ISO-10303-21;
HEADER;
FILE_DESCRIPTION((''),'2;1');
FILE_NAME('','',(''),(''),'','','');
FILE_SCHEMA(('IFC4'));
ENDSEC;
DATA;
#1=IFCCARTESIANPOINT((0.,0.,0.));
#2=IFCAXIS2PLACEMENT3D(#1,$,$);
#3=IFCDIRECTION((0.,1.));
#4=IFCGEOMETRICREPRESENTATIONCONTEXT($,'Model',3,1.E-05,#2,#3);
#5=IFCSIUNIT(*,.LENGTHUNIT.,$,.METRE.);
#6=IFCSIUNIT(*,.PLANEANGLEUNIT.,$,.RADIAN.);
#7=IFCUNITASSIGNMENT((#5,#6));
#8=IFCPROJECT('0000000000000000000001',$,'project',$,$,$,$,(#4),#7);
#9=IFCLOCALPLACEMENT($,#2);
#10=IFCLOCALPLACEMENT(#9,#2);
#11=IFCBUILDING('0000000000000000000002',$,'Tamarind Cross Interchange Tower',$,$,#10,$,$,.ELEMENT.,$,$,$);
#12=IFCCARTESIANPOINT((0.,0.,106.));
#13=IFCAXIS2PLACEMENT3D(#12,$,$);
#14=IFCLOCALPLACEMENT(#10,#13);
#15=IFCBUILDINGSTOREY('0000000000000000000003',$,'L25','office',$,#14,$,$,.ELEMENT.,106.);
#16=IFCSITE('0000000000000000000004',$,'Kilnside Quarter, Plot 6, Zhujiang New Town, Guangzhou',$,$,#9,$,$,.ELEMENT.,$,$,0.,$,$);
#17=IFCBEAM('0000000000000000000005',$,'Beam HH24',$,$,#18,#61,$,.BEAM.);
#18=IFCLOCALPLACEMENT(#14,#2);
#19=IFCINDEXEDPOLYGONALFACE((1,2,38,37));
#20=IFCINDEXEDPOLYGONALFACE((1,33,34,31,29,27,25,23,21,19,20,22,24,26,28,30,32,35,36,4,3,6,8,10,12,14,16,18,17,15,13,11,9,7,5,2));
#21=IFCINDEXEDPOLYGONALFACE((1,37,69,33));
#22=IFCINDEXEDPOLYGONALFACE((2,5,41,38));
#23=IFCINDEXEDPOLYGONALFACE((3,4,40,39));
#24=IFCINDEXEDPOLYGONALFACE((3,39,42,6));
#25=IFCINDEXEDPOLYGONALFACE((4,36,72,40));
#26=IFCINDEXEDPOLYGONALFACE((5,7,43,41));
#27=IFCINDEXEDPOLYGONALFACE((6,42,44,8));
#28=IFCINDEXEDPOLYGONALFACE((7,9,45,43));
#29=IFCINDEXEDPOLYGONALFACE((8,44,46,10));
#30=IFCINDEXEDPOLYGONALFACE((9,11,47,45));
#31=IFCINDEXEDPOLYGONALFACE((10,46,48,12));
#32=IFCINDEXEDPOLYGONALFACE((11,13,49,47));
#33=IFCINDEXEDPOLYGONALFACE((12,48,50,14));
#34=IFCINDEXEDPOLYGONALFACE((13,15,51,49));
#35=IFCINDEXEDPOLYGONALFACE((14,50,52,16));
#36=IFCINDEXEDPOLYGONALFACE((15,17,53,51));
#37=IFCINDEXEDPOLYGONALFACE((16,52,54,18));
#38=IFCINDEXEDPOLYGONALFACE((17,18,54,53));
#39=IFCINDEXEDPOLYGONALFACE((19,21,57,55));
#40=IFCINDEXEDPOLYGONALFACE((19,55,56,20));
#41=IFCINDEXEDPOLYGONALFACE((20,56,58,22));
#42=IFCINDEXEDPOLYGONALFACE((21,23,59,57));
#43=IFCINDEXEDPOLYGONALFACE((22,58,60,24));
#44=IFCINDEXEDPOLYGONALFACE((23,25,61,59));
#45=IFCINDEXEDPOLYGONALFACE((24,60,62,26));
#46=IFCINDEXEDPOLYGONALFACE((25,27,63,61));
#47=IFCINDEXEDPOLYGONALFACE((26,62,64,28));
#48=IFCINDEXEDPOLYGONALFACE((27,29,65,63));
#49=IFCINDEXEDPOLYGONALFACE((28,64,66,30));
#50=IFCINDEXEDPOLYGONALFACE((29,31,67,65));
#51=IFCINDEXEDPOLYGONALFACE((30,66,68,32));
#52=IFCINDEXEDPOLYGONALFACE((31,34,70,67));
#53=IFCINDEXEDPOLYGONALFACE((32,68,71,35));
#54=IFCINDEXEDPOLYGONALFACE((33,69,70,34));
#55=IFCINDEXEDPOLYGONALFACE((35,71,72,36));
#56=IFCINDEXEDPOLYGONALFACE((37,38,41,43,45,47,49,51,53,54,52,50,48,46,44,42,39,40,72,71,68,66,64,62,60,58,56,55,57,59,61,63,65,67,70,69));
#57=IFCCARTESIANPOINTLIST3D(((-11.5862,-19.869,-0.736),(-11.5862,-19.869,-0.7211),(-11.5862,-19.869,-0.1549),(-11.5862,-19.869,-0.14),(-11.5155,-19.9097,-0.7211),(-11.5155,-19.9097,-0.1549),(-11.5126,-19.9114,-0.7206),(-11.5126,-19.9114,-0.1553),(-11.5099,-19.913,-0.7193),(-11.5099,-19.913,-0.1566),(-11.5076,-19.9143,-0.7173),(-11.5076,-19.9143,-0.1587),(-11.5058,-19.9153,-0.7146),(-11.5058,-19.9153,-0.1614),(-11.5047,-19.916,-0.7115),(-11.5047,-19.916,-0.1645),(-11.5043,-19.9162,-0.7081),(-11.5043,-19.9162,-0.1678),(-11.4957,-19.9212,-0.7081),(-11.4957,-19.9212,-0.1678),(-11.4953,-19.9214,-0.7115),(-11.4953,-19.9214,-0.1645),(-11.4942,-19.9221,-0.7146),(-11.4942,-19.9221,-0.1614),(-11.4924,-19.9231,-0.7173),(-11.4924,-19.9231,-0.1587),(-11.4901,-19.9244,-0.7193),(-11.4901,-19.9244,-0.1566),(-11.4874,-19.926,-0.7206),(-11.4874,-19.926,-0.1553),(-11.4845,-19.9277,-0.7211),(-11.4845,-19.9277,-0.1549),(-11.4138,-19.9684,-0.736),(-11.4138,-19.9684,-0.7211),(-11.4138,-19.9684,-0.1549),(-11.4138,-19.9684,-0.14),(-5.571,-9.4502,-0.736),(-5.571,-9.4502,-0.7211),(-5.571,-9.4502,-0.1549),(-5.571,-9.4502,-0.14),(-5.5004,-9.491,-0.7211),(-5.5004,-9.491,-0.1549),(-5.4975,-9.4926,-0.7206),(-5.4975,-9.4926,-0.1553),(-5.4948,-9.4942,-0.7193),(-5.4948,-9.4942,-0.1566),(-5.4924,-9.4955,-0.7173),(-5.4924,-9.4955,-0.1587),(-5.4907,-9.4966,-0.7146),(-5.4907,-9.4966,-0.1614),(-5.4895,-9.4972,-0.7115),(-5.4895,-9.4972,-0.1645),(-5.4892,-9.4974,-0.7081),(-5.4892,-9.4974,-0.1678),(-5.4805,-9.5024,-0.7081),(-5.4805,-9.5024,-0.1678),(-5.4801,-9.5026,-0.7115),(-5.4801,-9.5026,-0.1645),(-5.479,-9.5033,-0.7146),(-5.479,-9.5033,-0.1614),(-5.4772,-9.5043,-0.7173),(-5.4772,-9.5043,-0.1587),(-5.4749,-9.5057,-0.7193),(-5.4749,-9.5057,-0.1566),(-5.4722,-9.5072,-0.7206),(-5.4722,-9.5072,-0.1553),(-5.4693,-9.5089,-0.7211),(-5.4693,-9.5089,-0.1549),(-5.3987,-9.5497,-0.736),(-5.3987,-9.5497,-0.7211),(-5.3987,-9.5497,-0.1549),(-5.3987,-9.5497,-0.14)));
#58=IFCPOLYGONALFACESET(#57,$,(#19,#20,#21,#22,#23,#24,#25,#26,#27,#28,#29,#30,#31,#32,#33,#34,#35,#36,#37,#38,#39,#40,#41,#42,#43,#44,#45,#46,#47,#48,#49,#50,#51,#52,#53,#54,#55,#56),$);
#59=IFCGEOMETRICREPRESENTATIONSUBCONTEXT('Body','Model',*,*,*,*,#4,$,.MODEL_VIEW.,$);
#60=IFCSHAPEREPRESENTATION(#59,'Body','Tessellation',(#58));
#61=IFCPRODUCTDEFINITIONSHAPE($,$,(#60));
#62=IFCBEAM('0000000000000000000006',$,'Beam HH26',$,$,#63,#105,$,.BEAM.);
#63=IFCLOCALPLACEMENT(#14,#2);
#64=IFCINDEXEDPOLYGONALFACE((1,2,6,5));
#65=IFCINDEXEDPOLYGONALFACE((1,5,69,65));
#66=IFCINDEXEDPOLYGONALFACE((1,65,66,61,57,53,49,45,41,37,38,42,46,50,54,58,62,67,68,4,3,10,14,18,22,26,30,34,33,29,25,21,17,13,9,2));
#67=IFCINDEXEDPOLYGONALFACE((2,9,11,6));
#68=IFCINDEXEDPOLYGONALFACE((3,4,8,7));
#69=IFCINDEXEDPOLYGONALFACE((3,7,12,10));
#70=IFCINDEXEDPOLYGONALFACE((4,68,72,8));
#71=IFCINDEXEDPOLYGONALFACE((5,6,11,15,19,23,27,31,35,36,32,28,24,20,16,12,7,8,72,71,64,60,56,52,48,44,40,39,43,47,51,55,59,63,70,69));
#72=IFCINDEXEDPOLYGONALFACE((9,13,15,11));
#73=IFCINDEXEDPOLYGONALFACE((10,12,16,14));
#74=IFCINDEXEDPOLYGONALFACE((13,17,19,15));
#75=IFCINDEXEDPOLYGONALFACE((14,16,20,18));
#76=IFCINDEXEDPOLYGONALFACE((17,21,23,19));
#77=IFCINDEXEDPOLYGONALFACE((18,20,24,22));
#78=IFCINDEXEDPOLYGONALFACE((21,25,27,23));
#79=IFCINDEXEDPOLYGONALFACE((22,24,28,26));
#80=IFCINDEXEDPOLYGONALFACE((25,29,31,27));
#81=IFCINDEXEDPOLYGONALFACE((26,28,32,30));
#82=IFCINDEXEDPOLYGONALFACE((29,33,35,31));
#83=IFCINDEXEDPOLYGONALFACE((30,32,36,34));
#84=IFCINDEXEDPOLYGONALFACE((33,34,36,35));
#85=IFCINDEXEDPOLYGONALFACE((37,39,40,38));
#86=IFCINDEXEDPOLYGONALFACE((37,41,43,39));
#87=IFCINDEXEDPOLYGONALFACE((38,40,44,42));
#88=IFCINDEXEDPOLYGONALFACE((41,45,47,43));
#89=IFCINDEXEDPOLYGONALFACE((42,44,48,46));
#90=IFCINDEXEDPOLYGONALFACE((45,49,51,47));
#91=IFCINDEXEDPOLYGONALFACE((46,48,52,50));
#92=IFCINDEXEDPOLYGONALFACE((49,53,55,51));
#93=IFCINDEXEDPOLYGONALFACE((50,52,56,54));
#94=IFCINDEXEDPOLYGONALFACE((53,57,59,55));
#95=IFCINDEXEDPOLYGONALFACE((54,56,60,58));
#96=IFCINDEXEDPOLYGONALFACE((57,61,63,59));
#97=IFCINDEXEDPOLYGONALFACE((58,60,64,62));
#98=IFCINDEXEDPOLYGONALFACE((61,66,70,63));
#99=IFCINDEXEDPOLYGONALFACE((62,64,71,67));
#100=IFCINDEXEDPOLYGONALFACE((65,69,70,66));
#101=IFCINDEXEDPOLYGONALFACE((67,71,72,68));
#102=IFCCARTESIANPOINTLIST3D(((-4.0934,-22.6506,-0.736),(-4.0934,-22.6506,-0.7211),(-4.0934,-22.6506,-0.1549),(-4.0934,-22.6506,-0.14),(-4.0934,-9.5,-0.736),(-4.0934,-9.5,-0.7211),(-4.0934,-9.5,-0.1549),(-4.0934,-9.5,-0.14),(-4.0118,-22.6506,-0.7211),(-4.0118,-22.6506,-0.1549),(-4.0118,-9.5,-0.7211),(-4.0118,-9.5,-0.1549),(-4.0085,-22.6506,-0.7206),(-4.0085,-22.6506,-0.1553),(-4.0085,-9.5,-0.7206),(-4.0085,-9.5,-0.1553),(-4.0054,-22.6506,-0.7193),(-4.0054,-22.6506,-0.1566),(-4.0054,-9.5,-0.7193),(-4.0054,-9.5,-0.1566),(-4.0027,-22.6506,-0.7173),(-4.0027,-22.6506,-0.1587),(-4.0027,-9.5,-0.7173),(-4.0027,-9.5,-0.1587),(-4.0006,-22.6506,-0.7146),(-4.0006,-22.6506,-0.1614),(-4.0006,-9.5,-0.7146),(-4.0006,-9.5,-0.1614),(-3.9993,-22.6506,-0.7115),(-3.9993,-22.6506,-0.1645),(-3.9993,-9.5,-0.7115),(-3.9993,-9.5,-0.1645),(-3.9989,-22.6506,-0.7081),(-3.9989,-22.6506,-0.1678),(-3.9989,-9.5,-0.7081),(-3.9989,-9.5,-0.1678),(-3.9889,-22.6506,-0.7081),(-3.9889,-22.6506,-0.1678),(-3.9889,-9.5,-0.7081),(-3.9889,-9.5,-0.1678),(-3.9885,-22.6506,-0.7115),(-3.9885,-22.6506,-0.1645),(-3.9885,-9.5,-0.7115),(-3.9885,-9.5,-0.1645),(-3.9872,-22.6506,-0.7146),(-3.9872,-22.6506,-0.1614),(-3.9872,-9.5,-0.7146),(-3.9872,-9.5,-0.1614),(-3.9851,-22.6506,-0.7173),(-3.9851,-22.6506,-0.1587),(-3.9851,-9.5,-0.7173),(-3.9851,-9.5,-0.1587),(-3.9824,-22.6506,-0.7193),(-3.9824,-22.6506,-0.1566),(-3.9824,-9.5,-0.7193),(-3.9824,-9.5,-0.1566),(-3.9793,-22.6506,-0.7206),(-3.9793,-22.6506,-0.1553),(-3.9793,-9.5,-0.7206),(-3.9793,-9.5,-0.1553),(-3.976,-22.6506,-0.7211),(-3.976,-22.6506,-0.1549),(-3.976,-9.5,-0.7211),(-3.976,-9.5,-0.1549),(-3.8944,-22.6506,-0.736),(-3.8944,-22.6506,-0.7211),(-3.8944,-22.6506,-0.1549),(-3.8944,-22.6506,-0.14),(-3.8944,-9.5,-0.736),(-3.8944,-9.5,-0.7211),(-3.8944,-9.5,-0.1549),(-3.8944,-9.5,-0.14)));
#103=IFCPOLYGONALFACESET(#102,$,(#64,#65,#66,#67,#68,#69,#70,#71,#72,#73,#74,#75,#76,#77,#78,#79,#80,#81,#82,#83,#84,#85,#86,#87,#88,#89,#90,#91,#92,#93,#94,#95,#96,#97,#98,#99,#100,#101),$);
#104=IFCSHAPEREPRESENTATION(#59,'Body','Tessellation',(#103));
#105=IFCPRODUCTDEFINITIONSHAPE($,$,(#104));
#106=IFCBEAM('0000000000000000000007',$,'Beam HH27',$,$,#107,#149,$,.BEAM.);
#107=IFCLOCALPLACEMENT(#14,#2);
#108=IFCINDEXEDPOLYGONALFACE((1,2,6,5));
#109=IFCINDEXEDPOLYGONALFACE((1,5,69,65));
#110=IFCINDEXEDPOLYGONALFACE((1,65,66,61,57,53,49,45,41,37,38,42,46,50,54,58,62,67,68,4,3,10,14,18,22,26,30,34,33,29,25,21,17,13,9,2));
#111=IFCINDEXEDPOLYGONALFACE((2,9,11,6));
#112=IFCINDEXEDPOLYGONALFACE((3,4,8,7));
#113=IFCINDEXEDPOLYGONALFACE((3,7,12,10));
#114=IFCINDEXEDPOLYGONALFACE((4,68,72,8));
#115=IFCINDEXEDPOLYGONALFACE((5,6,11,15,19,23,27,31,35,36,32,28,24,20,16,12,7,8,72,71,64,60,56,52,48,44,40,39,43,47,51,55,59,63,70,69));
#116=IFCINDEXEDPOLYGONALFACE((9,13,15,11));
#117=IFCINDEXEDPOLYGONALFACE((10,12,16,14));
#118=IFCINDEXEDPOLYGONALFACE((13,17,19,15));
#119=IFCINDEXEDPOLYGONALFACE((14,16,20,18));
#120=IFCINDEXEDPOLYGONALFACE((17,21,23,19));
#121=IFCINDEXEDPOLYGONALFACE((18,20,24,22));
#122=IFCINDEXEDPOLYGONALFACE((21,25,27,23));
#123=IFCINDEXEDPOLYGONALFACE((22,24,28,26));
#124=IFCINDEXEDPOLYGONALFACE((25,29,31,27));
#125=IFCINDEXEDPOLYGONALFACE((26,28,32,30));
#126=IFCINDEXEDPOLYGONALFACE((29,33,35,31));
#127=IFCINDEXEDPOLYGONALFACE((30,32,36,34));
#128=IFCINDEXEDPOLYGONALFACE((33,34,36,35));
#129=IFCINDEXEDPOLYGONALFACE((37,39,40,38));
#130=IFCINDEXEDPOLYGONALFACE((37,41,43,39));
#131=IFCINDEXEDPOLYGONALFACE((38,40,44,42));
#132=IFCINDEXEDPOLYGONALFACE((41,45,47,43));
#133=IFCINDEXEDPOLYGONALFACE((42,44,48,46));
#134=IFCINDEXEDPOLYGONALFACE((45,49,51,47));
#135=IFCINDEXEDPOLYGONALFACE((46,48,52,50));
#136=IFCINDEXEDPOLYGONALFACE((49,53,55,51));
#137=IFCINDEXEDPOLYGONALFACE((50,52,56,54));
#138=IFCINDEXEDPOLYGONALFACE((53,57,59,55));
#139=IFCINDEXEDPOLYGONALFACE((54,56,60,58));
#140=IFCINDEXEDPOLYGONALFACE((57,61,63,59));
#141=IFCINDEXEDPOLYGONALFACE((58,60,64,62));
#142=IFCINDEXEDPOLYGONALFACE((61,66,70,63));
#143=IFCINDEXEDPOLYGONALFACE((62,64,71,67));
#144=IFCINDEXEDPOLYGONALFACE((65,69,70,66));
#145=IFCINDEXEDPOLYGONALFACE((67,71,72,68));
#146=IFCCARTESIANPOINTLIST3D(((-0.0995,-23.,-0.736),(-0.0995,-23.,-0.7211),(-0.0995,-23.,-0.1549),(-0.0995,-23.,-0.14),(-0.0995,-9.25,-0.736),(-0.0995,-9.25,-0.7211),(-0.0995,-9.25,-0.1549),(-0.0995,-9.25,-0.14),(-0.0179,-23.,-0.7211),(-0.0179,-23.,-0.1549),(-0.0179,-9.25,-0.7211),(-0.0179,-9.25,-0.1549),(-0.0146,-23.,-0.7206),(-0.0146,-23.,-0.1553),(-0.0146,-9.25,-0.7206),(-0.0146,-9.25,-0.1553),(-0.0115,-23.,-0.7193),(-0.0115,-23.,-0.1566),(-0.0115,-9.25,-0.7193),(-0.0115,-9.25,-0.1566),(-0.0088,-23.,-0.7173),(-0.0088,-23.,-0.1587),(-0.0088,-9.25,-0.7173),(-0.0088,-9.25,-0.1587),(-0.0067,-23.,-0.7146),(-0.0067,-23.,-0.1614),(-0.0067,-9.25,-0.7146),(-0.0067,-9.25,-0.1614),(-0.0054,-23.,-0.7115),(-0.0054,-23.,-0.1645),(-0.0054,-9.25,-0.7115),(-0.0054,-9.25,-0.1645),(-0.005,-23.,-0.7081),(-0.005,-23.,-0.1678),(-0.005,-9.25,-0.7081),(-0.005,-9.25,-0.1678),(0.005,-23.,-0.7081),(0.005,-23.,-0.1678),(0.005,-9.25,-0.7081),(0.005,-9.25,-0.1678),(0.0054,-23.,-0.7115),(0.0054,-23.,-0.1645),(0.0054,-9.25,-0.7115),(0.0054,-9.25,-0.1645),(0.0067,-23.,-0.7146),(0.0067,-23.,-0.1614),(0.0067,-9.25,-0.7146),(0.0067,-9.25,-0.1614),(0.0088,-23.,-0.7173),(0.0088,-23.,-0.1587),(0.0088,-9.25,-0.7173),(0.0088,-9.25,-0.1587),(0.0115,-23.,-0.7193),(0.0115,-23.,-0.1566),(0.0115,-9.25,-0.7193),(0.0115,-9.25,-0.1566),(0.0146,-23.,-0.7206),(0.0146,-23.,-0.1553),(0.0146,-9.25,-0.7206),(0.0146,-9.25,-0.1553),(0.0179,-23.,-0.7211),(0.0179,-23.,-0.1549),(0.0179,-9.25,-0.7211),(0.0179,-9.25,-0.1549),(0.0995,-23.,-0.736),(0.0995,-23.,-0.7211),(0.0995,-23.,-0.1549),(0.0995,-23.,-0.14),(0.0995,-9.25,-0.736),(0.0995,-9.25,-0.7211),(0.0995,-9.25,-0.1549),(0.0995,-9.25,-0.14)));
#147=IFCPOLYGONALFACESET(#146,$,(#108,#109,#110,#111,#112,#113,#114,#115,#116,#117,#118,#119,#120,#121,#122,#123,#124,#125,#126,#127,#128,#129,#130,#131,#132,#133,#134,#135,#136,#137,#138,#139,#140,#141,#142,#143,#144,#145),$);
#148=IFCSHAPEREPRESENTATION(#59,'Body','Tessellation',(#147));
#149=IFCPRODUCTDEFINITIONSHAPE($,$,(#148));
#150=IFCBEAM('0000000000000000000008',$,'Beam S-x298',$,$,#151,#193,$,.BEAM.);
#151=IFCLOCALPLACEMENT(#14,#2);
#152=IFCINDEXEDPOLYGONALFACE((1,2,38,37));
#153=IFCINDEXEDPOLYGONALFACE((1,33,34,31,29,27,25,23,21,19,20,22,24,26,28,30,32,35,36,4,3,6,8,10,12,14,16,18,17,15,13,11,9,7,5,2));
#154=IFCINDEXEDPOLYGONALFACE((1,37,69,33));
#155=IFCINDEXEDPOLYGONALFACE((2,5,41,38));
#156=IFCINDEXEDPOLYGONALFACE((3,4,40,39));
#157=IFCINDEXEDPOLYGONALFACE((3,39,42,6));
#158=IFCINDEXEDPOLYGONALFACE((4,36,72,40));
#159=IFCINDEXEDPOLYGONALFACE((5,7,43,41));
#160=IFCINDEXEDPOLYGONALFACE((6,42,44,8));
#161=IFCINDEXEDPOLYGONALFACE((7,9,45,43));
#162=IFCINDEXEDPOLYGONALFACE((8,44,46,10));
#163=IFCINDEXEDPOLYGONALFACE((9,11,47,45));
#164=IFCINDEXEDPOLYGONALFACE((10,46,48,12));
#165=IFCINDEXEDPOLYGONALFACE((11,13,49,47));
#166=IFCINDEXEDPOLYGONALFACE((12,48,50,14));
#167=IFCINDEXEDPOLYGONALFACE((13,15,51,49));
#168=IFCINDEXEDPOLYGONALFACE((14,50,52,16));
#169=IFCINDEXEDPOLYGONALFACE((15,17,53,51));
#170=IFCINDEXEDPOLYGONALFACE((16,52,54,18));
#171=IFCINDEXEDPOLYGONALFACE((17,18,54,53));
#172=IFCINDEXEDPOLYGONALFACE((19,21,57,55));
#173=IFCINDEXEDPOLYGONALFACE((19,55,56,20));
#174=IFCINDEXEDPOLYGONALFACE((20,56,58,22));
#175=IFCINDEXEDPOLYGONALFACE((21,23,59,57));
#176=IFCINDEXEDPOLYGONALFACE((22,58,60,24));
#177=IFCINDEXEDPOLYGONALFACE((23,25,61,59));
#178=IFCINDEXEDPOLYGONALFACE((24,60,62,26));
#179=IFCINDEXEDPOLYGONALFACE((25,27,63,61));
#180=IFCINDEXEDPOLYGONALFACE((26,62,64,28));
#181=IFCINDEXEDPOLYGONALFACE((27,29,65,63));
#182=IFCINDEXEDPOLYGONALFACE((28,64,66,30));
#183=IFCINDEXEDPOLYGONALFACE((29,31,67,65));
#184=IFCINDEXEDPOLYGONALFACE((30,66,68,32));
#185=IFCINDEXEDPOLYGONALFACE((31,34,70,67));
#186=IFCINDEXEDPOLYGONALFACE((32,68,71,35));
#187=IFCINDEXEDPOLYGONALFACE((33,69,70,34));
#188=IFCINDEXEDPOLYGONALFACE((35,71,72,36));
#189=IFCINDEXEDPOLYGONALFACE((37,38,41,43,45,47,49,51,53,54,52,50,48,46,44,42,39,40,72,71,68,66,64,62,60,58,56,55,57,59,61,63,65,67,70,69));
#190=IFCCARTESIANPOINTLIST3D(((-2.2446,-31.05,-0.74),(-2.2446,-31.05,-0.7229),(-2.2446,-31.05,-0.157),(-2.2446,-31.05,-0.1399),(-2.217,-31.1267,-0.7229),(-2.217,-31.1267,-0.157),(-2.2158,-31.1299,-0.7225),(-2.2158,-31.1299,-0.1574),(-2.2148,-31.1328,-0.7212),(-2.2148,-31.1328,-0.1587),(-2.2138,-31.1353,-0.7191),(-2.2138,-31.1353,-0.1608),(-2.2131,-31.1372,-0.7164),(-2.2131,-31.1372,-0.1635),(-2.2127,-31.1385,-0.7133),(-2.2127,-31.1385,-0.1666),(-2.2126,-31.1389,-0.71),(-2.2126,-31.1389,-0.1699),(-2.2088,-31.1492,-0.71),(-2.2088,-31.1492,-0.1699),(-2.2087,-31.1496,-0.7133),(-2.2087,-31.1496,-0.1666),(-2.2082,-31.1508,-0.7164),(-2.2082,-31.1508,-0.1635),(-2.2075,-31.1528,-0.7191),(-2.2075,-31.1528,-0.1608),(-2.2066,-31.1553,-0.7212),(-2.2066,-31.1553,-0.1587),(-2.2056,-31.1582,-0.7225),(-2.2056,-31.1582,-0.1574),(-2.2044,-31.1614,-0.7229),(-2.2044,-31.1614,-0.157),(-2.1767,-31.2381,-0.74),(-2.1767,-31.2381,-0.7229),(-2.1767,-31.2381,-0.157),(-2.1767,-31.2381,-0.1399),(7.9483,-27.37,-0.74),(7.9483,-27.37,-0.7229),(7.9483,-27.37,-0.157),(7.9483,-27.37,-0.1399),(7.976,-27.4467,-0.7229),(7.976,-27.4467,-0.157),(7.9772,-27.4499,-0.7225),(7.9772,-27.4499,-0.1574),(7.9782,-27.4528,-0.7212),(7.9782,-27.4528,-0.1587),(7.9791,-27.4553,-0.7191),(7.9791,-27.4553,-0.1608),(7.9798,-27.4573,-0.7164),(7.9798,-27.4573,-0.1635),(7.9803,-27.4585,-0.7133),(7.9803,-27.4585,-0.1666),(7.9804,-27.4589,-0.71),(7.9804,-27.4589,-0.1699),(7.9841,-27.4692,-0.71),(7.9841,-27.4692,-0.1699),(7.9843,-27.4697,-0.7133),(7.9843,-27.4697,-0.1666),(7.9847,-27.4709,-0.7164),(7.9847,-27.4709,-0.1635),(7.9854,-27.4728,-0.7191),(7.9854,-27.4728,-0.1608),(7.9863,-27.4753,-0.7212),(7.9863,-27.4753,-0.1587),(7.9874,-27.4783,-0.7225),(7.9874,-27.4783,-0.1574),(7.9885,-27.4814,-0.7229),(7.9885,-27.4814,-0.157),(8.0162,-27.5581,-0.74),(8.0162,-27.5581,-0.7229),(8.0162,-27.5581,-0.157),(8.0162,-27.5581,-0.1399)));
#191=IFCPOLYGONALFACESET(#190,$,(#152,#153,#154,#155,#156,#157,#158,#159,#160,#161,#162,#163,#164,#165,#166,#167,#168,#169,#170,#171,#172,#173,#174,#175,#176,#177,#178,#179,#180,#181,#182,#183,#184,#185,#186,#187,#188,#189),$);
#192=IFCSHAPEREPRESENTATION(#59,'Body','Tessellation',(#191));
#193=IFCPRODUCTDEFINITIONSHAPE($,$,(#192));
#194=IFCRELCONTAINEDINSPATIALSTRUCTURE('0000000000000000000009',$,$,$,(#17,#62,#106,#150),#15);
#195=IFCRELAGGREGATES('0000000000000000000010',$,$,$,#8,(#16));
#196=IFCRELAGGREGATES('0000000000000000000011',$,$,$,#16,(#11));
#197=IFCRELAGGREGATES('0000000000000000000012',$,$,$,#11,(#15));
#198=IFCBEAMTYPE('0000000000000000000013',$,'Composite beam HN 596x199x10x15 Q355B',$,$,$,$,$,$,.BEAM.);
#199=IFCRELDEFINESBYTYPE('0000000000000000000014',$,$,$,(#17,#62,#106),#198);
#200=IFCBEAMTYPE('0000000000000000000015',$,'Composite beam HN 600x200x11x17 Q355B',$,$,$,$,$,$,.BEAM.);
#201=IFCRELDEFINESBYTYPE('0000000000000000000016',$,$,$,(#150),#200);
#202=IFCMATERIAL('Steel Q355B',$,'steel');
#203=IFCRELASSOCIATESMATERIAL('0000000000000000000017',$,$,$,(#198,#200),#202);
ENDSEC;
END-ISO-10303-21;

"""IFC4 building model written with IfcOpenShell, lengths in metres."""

from ifc_helpers import new_model, si_unit, direction, frame, origin, origin_2d, place, context, subcontext, project, spatial, i_section, extrude, material, material_profile, profile_set, type_object, element, save


model = new_model("IFC4")

# Units and contexts
model_context = context("Model", 3, precision=1e-05, world=origin(), true_north=direction((0.0, 1.0)))
body_context = subcontext(model_context, "Body", "Model", "MODEL_VIEW")
ifc_project = project(units=[si_unit("LENGTHUNIT", "METRE"), si_unit("PLANEANGLEUNIT", "RADIAN")], contexts=[model_context])

# Site, building, storey
site_placement = place(None, origin())
site = spatial("IfcSite", under=ifc_project, at=site_placement, Name="Kilnside Quarter, Plot 6, Zhujiang New Town, Guangzhou", CompositionType="ELEMENT", RefElevation=0.0)
building_placement = place(site_placement, origin())
building = spatial("IfcBuilding", under=site, at=building_placement, Name="Tamarind Cross Interchange Tower", CompositionType="ELEMENT")
storey_placement = place(building_placement, frame((0.0, 0.0, 106.0)))
storey = spatial("IfcBuildingStorey", under=building, at=storey_placement, Name="L25", Description="office", CompositionType="ELEMENT", Elevation=106.0)

# Beams
ifc_material_1 = material(Name="Steel Q355B", Category="steel")
ifc_material_profile_1 = material_profile(ifc_material_1, i_section(OverallWidth=0.199, OverallDepth=0.5959, WebThickness=0.01, FlangeThickness=0.0149, FilletRadius=0.0129, at=origin_2d()), Name="HN 596x199x10x15")
ifc_profile_set_1 = profile_set([ifc_material_profile_1], Name="Steel Q355B")
beam_type_1 = type_object("IfcBeamType", Name="Composite beam HN 596x199x10x15 Q355B", PredefinedType="BEAM", material=ifc_profile_set_1)
beam_1_placement = place(storey_placement, frame((-11.5, -19.9187, -0.438), z_axis=(0.499994, 0.866029, 0.0), x_axis=(-0.866029, 0.499994, 0.0)))
element("IfcBeam", 1, at=beam_1_placement, inside=storey, type_object=beam_type_1, Name="Beam HH24", PredefinedType="BEAM", context=body_context, shape_type="SweptSolid", body=[
    extrude(i_section(OverallWidth=0.199, OverallDepth=0.5959, WebThickness=0.01, FlangeThickness=0.0149, FilletRadius=0.0129, at=origin_2d()), origin(), (0.0, 0.0, 1.0), 12.0305),
])
beam_2_placement = place(storey_placement, frame((-3.9939, -22.6506, -0.438), z_axis=(0.0, 1.0, 0.0), x_axis=(-1.0, 0.0, 0.0)))
element("IfcBeam", 2, at=beam_2_placement, inside=storey, type_object=beam_type_1, Name="Beam HH26", PredefinedType="BEAM", context=body_context, shape_type="SweptSolid", body=[
    extrude(i_section(OverallWidth=0.199, OverallDepth=0.5959, WebThickness=0.01, FlangeThickness=0.0149, FilletRadius=0.0129, at=origin_2d()), origin(), (0.0, 0.0, 1.0), 13.1506),
])
beam_3_placement = place(storey_placement, frame((0.0, -23.0, -0.438), z_axis=(0.0, 1.0, 0.0), x_axis=(-1.0, 0.0, 0.0)))
element("IfcBeam", 3, at=beam_3_placement, inside=storey, type_object=beam_type_1, Name="Beam HH27", PredefinedType="BEAM", context=body_context, shape_type="SweptSolid", body=[
    extrude(i_section(OverallWidth=0.199, OverallDepth=0.5959, WebThickness=0.01, FlangeThickness=0.0149, FilletRadius=0.0129, at=origin_2d()), origin(), (0.0, 0.0, 1.0), 13.75),
])
ifc_material_profile_2 = material_profile(ifc_material_1, i_section(OverallWidth=0.2, OverallDepth=0.6001, WebThickness=0.011, FlangeThickness=0.0171, FilletRadius=0.0129, at=origin_2d()), Name="HN 600x200x11x17")
ifc_profile_set_2 = profile_set([ifc_material_profile_2], Name="Steel Q355B")
beam_type_2 = type_object("IfcBeamType", Name="Composite beam HN 600x200x11x17 Q355B", PredefinedType="BEAM", material=ifc_profile_set_2)
beam_4_placement = place(storey_placement, frame((-2.2107, -31.144, -0.4399), z_axis=(0.940578, 0.339577, 0.0), x_axis=(-0.339577, 0.940578, 0.0)))
element("IfcBeam", 4, at=beam_4_placement, inside=storey, type_object=beam_type_2, Name="Beam S-x298", PredefinedType="BEAM", context=body_context, shape_type="SweptSolid", body=[
    extrude(i_section(OverallWidth=0.2, OverallDepth=0.6001, WebThickness=0.011, FlangeThickness=0.0171, FilletRadius=0.0129, at=origin_2d()), origin(), (0.0, 0.0, 1.0), 10.8369),
])

save(model, "model.ifc")
